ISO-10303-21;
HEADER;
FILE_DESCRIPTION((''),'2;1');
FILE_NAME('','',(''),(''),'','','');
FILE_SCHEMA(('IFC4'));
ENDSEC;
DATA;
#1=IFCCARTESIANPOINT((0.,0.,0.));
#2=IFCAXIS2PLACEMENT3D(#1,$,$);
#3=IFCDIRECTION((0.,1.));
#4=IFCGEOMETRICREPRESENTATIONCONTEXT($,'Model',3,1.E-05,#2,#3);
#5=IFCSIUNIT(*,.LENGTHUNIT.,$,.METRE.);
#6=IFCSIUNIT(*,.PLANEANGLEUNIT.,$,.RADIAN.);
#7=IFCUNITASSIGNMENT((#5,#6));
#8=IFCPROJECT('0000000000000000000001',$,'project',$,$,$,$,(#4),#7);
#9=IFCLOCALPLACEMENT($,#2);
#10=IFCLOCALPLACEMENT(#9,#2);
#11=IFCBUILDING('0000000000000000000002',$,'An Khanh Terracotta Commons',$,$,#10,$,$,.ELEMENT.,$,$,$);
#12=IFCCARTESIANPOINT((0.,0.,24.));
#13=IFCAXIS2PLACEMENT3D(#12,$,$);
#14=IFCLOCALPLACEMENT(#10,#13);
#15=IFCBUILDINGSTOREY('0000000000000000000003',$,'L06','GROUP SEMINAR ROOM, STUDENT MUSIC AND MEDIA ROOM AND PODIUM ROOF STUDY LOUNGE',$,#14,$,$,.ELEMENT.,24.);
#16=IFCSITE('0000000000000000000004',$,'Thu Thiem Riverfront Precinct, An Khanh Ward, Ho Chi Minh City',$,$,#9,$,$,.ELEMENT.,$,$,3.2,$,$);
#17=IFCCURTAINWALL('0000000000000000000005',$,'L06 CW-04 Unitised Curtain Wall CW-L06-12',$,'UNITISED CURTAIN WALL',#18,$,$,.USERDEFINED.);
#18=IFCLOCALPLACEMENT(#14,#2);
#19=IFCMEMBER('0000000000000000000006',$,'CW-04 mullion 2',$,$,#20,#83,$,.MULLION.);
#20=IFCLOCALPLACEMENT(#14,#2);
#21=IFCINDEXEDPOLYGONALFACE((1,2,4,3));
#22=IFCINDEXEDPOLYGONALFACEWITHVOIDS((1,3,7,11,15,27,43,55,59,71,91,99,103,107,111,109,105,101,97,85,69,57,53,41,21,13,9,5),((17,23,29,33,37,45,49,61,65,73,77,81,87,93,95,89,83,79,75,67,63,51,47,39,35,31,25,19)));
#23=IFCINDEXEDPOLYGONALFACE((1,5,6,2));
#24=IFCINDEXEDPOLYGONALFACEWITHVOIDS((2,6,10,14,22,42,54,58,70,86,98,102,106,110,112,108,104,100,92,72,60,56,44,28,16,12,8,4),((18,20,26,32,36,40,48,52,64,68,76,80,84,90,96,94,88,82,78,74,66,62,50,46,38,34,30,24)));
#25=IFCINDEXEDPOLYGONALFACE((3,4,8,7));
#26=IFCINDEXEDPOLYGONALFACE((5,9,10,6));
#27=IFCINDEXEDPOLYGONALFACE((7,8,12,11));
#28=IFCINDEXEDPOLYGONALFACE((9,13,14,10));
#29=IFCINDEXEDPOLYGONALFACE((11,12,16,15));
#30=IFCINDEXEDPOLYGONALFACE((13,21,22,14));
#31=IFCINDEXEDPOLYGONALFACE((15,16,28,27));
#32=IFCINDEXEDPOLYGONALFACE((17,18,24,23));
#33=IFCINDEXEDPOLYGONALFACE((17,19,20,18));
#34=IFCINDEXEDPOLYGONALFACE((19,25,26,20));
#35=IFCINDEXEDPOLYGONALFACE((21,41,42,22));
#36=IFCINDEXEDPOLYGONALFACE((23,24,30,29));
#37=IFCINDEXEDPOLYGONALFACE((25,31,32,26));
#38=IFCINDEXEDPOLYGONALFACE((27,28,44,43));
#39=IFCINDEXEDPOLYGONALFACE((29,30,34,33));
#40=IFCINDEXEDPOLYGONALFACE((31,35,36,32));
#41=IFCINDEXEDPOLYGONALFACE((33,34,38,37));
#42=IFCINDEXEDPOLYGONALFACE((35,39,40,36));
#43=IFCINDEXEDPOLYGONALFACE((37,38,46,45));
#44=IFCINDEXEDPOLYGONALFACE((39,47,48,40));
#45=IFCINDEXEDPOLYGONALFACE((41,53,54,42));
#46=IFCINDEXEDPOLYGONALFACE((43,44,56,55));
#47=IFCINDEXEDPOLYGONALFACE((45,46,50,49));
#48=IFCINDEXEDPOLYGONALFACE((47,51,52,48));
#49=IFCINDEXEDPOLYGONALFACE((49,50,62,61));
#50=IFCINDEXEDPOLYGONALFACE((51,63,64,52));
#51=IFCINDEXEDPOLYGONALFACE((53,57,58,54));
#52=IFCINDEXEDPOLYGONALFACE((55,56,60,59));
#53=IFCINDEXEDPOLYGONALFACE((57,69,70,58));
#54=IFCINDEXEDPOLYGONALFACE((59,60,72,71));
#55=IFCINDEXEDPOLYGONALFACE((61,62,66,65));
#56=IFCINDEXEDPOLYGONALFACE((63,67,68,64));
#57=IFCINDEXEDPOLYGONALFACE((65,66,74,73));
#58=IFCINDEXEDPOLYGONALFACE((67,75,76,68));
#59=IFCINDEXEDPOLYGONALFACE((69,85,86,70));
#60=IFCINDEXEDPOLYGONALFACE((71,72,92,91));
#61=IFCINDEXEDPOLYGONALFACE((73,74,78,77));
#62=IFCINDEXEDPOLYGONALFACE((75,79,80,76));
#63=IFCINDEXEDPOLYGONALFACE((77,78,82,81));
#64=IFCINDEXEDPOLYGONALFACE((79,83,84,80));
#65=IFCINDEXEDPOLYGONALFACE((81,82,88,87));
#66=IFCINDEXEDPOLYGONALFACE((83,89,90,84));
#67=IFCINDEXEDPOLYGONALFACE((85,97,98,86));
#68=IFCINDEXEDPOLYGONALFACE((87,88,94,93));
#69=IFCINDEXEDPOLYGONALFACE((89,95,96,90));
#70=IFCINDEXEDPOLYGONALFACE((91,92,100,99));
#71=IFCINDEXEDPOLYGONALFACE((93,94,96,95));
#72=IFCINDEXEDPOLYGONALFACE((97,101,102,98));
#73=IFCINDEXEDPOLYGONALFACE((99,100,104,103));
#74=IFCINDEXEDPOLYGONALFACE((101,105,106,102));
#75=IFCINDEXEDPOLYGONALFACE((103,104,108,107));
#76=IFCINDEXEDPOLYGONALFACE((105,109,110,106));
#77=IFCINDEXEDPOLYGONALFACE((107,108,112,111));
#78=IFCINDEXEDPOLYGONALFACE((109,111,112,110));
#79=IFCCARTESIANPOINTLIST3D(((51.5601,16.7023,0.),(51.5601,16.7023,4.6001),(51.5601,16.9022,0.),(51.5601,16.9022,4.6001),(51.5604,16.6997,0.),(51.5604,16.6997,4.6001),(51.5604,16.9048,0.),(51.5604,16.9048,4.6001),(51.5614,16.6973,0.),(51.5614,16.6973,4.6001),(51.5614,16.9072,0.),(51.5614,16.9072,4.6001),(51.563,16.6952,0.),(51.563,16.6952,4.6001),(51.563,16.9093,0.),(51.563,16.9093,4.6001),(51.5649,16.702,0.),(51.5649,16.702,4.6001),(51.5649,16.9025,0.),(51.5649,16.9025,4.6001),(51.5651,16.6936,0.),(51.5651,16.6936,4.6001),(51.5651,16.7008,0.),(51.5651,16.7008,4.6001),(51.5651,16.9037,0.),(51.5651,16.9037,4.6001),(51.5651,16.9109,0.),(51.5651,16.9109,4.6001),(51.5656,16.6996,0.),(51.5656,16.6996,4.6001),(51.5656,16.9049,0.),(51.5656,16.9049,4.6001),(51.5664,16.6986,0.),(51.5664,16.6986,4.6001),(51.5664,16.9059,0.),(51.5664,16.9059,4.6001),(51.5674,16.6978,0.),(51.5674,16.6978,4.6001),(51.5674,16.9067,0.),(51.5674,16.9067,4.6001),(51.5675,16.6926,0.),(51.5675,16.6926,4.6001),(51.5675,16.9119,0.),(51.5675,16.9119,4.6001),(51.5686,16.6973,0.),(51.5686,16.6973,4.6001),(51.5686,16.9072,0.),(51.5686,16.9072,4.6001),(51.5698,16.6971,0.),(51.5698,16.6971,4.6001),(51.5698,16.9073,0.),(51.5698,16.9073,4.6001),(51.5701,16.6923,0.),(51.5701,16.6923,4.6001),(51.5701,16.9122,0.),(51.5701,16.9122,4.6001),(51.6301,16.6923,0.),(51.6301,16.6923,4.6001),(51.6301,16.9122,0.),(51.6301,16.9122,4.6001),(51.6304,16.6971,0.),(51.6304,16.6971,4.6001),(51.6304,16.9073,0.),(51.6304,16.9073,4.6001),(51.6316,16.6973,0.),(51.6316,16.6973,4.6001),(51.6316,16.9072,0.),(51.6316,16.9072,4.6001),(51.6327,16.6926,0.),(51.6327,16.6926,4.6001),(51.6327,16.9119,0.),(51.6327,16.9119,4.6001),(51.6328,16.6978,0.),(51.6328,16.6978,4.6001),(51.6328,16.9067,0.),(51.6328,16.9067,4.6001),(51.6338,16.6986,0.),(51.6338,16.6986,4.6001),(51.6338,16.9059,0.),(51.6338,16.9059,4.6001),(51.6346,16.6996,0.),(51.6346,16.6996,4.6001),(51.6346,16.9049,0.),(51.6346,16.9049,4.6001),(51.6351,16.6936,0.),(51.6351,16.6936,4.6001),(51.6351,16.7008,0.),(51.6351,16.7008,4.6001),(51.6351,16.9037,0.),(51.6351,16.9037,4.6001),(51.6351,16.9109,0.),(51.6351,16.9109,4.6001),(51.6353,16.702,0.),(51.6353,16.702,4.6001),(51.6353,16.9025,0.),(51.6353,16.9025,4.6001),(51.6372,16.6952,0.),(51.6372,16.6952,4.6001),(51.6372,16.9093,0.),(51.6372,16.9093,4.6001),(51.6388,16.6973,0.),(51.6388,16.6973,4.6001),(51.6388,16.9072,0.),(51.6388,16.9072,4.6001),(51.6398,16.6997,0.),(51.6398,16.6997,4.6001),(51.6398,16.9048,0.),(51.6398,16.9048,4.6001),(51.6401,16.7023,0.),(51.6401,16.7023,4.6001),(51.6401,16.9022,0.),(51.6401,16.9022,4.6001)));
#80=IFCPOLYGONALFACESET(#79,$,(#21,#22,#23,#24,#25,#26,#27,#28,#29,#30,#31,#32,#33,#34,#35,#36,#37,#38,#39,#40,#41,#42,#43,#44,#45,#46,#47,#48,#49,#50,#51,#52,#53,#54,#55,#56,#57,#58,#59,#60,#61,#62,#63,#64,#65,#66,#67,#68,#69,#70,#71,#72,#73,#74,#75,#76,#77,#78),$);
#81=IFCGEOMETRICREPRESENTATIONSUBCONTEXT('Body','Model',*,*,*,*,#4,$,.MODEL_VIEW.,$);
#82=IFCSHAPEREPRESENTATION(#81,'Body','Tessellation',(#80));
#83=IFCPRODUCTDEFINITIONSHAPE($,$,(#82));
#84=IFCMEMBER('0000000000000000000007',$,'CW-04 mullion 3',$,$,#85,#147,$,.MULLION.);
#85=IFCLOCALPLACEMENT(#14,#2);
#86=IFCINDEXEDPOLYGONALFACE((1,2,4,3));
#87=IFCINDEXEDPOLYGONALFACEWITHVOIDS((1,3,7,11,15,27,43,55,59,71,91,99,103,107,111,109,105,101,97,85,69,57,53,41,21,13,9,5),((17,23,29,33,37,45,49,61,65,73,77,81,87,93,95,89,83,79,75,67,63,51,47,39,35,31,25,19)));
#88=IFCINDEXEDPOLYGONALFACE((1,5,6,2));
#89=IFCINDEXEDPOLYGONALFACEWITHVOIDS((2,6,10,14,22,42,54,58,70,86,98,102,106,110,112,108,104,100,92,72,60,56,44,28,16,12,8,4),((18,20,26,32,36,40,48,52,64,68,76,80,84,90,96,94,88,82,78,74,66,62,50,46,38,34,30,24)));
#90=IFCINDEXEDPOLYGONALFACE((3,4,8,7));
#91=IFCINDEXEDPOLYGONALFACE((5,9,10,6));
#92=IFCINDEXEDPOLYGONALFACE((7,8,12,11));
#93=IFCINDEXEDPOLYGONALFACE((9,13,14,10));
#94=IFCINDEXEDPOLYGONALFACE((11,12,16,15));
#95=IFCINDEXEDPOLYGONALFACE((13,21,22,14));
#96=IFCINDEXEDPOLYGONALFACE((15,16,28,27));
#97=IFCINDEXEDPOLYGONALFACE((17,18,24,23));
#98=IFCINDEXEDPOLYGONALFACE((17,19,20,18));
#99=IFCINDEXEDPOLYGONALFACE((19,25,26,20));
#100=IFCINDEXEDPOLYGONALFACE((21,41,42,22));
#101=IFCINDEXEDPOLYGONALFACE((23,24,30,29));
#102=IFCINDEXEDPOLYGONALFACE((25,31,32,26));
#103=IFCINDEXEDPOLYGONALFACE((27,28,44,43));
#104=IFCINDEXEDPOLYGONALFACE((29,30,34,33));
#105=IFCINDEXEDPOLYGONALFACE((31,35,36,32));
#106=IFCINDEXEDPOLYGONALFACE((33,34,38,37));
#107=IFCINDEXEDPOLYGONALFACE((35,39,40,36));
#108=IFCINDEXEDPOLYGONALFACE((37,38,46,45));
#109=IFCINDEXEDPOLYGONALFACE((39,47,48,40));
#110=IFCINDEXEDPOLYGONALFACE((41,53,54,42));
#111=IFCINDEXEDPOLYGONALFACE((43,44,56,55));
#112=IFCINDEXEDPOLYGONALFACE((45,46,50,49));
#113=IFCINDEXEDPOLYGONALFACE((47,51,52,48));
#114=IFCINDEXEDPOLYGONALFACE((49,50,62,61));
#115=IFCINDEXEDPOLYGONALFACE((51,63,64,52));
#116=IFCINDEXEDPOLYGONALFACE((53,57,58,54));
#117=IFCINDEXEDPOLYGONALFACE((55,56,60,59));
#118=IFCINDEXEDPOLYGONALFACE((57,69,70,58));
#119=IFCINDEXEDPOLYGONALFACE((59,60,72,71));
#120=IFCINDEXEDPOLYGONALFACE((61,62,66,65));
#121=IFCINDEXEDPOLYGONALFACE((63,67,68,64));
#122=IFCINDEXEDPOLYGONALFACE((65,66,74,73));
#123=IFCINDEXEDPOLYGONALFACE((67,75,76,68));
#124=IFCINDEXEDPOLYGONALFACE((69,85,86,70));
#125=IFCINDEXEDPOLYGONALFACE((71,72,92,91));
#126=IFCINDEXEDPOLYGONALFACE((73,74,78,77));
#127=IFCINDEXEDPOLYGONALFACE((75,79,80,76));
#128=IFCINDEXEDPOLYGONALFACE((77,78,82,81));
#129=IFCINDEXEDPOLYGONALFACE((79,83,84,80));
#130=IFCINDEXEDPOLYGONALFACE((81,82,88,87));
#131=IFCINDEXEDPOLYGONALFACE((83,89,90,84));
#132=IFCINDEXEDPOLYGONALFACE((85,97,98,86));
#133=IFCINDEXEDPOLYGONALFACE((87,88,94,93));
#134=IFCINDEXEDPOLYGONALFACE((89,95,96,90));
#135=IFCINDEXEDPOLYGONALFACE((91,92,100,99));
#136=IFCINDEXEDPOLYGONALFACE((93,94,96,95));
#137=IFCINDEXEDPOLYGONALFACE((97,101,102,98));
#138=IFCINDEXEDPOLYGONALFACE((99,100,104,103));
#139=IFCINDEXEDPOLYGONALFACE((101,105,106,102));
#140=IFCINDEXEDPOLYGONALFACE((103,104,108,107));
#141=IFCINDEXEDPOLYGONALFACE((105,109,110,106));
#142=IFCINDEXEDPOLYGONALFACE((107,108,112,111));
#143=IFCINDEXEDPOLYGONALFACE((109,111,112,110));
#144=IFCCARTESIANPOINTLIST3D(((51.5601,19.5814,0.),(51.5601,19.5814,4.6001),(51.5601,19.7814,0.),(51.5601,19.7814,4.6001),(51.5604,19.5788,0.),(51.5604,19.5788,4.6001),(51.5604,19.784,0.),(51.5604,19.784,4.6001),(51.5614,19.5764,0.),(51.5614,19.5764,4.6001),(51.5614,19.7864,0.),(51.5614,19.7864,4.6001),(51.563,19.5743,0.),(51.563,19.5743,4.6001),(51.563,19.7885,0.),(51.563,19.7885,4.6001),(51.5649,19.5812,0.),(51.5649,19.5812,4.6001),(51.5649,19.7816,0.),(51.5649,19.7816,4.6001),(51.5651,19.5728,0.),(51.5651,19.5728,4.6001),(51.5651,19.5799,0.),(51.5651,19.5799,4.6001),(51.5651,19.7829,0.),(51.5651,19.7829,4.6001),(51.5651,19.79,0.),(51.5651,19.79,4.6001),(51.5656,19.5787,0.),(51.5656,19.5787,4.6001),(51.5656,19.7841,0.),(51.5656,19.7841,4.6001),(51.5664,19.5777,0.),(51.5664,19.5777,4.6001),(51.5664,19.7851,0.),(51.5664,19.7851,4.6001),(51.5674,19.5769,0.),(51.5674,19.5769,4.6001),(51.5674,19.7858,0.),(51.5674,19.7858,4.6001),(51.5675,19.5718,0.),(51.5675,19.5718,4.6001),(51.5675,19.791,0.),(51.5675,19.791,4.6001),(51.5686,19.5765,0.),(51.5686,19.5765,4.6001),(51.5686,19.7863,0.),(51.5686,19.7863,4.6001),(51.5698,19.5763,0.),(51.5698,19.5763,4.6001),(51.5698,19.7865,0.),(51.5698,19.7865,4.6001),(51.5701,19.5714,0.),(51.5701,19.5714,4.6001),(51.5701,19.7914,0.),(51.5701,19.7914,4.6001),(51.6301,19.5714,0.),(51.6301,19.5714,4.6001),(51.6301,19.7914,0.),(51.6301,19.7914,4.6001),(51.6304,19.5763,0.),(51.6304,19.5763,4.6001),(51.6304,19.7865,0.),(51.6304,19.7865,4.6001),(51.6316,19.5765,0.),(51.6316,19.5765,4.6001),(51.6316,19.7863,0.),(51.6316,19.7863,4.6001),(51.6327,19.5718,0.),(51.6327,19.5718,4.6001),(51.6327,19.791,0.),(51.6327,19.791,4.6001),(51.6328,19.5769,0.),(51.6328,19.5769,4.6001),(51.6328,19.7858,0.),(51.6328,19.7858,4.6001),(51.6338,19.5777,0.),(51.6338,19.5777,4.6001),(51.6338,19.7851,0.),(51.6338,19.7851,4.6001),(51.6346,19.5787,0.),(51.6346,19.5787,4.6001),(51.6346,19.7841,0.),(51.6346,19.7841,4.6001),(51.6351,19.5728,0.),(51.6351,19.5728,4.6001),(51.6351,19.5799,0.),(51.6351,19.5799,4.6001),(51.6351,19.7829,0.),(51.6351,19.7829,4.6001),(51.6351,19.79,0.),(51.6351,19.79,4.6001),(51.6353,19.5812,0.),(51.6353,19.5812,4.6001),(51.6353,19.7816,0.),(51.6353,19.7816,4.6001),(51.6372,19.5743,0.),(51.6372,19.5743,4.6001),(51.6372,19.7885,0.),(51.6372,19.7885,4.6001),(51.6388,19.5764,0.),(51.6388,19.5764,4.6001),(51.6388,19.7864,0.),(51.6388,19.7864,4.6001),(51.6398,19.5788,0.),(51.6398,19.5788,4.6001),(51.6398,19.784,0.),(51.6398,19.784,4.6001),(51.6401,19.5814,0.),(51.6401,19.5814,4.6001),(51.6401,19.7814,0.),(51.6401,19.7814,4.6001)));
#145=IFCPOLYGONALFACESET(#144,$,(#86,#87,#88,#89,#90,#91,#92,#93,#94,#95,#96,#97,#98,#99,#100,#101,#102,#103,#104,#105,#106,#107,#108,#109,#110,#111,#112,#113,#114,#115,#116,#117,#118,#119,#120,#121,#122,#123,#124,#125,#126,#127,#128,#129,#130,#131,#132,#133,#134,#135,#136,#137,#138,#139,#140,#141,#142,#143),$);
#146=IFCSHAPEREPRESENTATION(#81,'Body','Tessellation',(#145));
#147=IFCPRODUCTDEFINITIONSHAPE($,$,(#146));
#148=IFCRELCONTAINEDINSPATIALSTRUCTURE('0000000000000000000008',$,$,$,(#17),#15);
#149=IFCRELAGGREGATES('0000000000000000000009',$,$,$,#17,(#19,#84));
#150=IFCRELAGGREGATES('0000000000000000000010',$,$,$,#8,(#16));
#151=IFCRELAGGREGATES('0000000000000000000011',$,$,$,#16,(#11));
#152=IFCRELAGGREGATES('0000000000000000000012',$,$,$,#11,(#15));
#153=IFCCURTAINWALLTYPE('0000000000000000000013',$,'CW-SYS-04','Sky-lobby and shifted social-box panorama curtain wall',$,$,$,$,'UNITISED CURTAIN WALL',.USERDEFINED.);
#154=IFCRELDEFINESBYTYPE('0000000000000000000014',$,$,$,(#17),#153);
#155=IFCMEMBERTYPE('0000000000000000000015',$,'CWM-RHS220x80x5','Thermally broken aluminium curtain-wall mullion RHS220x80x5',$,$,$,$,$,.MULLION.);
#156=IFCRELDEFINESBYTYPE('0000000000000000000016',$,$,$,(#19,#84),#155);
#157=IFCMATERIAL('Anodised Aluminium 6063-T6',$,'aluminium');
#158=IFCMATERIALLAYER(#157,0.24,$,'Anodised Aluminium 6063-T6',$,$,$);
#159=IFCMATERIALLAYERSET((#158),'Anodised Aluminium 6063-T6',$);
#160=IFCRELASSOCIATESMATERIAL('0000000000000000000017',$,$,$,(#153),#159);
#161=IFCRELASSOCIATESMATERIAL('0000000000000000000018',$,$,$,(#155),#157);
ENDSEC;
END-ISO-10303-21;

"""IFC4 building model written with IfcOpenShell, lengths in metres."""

from ifc_helpers import new_model, si_unit, direction, frame, origin, origin_2d, place, context, subcontext, project, spatial, hollow_rectangle, extrude, material, layer, layer_set, material_profile, profile_set, type_object, element, aggregate, save


model = new_model("IFC4")

# Units and contexts
model_context = context("Model", 3, precision=1e-05, world=origin(), true_north=direction((0.0, 1.0)))
body_context = subcontext(model_context, "Body", "Model", "MODEL_VIEW")
ifc_project = project(units=[si_unit("LENGTHUNIT", "METRE"), si_unit("PLANEANGLEUNIT", "RADIAN")], contexts=[model_context])

# Site, building, storey
site_placement = place(None, origin())
site = spatial("IfcSite", under=ifc_project, at=site_placement, Name="Thu Thiem Riverfront Precinct, An Khanh Ward, Ho Chi Minh City", CompositionType="ELEMENT", RefElevation=3.2)
building_placement = place(site_placement, origin())
building = spatial("IfcBuilding", under=site, at=building_placement, Name="An Khanh Terracotta Commons", CompositionType="ELEMENT")
storey_placement = place(building_placement, frame((0.0, 0.0, 24.0)))
storey = spatial("IfcBuildingStorey", under=building, at=storey_placement, Name="L06", Description="GROUP SEMINAR ROOM, STUDENT MUSIC AND MEDIA ROOM AND PODIUM ROOF STUDY LOUNGE", CompositionType="ELEMENT", Elevation=24.0)

# Curtain wall, members
ifc_material_1 = material(Name="Anodised Aluminium 6063-T6", Category="aluminium")
ifc_layer_1 = layer(ifc_material_1, 0.24, Name="Anodised Aluminium 6063-T6")
ifc_layer_set_1 = layer_set([ifc_layer_1], Name="Anodised Aluminium 6063-T6")
curtain_wall_type = type_object("IfcCurtainWallType", Name="CW-SYS-04", Description="Sky-lobby and shifted social-box panorama curtain wall", ElementType="UNITISED CURTAIN WALL", PredefinedType="USERDEFINED", material=ifc_layer_set_1)
curtain_wall_placement = place(storey_placement, origin())
curtain_wall = element("IfcCurtainWall", 1, at=curtain_wall_placement, inside=storey, type_object=curtain_wall_type, Name="L06 CW-04 Unitised Curtain Wall CW-L06-12", ObjectType="UNITISED CURTAIN WALL", PredefinedType="USERDEFINED")
ifc_material_profile_1 = material_profile(ifc_material_1, hollow_rectangle(XDim=0.0801, YDim=0.22, WallThickness=0.0049, InnerFilletRadius=0.0049, OuterFilletRadius=0.01, at=origin_2d()), Name="RHS220x80x5")
ifc_profile_set_1 = profile_set([ifc_material_profile_1], Name="Anodised Aluminium 6063-T6")
member_type_1 = type_object("IfcMemberType", Name="CWM-RHS220x80x5", Description="Thermally broken aluminium curtain-wall mullion RHS220x80x5", PredefinedType="MULLION", material=ifc_profile_set_1)
member_1_placement = place(storey_placement, frame((51.6001, 16.8022, 0.0), z_axis=(0.0, 0.0, 1.0), x_axis=(-1.0, 0.0, 0.0)))
member_1 = element("IfcMember", 2, at=member_1_placement, type_object=member_type_1, Name="CW-04 mullion 2", PredefinedType="MULLION", context=body_context, shape_type="SweptSolid", body=[
    extrude(hollow_rectangle(XDim=0.0801, YDim=0.22, WallThickness=0.0049, InnerFilletRadius=0.0049, OuterFilletRadius=0.01, at=origin_2d()), origin(), (0.0, 0.0, 1.0), 4.6001),
])
member_2_placement = place(storey_placement, frame((51.6001, 19.6814, 0.0), z_axis=(0.0, 0.0, 1.0), x_axis=(-1.0, 0.0, 0.0)))
member_2 = element("IfcMember", 3, at=member_2_placement, type_object=member_type_1, Name="CW-04 mullion 3", PredefinedType="MULLION", context=body_context, shape_type="SweptSolid", body=[
    extrude(hollow_rectangle(XDim=0.0801, YDim=0.22, WallThickness=0.0049, InnerFilletRadius=0.0049, OuterFilletRadius=0.01, at=origin_2d()), origin(), (0.0, 0.0, 1.0), 4.6001),
])
aggregate(curtain_wall, [member_1, member_2])

save(model, "model.ifc")
